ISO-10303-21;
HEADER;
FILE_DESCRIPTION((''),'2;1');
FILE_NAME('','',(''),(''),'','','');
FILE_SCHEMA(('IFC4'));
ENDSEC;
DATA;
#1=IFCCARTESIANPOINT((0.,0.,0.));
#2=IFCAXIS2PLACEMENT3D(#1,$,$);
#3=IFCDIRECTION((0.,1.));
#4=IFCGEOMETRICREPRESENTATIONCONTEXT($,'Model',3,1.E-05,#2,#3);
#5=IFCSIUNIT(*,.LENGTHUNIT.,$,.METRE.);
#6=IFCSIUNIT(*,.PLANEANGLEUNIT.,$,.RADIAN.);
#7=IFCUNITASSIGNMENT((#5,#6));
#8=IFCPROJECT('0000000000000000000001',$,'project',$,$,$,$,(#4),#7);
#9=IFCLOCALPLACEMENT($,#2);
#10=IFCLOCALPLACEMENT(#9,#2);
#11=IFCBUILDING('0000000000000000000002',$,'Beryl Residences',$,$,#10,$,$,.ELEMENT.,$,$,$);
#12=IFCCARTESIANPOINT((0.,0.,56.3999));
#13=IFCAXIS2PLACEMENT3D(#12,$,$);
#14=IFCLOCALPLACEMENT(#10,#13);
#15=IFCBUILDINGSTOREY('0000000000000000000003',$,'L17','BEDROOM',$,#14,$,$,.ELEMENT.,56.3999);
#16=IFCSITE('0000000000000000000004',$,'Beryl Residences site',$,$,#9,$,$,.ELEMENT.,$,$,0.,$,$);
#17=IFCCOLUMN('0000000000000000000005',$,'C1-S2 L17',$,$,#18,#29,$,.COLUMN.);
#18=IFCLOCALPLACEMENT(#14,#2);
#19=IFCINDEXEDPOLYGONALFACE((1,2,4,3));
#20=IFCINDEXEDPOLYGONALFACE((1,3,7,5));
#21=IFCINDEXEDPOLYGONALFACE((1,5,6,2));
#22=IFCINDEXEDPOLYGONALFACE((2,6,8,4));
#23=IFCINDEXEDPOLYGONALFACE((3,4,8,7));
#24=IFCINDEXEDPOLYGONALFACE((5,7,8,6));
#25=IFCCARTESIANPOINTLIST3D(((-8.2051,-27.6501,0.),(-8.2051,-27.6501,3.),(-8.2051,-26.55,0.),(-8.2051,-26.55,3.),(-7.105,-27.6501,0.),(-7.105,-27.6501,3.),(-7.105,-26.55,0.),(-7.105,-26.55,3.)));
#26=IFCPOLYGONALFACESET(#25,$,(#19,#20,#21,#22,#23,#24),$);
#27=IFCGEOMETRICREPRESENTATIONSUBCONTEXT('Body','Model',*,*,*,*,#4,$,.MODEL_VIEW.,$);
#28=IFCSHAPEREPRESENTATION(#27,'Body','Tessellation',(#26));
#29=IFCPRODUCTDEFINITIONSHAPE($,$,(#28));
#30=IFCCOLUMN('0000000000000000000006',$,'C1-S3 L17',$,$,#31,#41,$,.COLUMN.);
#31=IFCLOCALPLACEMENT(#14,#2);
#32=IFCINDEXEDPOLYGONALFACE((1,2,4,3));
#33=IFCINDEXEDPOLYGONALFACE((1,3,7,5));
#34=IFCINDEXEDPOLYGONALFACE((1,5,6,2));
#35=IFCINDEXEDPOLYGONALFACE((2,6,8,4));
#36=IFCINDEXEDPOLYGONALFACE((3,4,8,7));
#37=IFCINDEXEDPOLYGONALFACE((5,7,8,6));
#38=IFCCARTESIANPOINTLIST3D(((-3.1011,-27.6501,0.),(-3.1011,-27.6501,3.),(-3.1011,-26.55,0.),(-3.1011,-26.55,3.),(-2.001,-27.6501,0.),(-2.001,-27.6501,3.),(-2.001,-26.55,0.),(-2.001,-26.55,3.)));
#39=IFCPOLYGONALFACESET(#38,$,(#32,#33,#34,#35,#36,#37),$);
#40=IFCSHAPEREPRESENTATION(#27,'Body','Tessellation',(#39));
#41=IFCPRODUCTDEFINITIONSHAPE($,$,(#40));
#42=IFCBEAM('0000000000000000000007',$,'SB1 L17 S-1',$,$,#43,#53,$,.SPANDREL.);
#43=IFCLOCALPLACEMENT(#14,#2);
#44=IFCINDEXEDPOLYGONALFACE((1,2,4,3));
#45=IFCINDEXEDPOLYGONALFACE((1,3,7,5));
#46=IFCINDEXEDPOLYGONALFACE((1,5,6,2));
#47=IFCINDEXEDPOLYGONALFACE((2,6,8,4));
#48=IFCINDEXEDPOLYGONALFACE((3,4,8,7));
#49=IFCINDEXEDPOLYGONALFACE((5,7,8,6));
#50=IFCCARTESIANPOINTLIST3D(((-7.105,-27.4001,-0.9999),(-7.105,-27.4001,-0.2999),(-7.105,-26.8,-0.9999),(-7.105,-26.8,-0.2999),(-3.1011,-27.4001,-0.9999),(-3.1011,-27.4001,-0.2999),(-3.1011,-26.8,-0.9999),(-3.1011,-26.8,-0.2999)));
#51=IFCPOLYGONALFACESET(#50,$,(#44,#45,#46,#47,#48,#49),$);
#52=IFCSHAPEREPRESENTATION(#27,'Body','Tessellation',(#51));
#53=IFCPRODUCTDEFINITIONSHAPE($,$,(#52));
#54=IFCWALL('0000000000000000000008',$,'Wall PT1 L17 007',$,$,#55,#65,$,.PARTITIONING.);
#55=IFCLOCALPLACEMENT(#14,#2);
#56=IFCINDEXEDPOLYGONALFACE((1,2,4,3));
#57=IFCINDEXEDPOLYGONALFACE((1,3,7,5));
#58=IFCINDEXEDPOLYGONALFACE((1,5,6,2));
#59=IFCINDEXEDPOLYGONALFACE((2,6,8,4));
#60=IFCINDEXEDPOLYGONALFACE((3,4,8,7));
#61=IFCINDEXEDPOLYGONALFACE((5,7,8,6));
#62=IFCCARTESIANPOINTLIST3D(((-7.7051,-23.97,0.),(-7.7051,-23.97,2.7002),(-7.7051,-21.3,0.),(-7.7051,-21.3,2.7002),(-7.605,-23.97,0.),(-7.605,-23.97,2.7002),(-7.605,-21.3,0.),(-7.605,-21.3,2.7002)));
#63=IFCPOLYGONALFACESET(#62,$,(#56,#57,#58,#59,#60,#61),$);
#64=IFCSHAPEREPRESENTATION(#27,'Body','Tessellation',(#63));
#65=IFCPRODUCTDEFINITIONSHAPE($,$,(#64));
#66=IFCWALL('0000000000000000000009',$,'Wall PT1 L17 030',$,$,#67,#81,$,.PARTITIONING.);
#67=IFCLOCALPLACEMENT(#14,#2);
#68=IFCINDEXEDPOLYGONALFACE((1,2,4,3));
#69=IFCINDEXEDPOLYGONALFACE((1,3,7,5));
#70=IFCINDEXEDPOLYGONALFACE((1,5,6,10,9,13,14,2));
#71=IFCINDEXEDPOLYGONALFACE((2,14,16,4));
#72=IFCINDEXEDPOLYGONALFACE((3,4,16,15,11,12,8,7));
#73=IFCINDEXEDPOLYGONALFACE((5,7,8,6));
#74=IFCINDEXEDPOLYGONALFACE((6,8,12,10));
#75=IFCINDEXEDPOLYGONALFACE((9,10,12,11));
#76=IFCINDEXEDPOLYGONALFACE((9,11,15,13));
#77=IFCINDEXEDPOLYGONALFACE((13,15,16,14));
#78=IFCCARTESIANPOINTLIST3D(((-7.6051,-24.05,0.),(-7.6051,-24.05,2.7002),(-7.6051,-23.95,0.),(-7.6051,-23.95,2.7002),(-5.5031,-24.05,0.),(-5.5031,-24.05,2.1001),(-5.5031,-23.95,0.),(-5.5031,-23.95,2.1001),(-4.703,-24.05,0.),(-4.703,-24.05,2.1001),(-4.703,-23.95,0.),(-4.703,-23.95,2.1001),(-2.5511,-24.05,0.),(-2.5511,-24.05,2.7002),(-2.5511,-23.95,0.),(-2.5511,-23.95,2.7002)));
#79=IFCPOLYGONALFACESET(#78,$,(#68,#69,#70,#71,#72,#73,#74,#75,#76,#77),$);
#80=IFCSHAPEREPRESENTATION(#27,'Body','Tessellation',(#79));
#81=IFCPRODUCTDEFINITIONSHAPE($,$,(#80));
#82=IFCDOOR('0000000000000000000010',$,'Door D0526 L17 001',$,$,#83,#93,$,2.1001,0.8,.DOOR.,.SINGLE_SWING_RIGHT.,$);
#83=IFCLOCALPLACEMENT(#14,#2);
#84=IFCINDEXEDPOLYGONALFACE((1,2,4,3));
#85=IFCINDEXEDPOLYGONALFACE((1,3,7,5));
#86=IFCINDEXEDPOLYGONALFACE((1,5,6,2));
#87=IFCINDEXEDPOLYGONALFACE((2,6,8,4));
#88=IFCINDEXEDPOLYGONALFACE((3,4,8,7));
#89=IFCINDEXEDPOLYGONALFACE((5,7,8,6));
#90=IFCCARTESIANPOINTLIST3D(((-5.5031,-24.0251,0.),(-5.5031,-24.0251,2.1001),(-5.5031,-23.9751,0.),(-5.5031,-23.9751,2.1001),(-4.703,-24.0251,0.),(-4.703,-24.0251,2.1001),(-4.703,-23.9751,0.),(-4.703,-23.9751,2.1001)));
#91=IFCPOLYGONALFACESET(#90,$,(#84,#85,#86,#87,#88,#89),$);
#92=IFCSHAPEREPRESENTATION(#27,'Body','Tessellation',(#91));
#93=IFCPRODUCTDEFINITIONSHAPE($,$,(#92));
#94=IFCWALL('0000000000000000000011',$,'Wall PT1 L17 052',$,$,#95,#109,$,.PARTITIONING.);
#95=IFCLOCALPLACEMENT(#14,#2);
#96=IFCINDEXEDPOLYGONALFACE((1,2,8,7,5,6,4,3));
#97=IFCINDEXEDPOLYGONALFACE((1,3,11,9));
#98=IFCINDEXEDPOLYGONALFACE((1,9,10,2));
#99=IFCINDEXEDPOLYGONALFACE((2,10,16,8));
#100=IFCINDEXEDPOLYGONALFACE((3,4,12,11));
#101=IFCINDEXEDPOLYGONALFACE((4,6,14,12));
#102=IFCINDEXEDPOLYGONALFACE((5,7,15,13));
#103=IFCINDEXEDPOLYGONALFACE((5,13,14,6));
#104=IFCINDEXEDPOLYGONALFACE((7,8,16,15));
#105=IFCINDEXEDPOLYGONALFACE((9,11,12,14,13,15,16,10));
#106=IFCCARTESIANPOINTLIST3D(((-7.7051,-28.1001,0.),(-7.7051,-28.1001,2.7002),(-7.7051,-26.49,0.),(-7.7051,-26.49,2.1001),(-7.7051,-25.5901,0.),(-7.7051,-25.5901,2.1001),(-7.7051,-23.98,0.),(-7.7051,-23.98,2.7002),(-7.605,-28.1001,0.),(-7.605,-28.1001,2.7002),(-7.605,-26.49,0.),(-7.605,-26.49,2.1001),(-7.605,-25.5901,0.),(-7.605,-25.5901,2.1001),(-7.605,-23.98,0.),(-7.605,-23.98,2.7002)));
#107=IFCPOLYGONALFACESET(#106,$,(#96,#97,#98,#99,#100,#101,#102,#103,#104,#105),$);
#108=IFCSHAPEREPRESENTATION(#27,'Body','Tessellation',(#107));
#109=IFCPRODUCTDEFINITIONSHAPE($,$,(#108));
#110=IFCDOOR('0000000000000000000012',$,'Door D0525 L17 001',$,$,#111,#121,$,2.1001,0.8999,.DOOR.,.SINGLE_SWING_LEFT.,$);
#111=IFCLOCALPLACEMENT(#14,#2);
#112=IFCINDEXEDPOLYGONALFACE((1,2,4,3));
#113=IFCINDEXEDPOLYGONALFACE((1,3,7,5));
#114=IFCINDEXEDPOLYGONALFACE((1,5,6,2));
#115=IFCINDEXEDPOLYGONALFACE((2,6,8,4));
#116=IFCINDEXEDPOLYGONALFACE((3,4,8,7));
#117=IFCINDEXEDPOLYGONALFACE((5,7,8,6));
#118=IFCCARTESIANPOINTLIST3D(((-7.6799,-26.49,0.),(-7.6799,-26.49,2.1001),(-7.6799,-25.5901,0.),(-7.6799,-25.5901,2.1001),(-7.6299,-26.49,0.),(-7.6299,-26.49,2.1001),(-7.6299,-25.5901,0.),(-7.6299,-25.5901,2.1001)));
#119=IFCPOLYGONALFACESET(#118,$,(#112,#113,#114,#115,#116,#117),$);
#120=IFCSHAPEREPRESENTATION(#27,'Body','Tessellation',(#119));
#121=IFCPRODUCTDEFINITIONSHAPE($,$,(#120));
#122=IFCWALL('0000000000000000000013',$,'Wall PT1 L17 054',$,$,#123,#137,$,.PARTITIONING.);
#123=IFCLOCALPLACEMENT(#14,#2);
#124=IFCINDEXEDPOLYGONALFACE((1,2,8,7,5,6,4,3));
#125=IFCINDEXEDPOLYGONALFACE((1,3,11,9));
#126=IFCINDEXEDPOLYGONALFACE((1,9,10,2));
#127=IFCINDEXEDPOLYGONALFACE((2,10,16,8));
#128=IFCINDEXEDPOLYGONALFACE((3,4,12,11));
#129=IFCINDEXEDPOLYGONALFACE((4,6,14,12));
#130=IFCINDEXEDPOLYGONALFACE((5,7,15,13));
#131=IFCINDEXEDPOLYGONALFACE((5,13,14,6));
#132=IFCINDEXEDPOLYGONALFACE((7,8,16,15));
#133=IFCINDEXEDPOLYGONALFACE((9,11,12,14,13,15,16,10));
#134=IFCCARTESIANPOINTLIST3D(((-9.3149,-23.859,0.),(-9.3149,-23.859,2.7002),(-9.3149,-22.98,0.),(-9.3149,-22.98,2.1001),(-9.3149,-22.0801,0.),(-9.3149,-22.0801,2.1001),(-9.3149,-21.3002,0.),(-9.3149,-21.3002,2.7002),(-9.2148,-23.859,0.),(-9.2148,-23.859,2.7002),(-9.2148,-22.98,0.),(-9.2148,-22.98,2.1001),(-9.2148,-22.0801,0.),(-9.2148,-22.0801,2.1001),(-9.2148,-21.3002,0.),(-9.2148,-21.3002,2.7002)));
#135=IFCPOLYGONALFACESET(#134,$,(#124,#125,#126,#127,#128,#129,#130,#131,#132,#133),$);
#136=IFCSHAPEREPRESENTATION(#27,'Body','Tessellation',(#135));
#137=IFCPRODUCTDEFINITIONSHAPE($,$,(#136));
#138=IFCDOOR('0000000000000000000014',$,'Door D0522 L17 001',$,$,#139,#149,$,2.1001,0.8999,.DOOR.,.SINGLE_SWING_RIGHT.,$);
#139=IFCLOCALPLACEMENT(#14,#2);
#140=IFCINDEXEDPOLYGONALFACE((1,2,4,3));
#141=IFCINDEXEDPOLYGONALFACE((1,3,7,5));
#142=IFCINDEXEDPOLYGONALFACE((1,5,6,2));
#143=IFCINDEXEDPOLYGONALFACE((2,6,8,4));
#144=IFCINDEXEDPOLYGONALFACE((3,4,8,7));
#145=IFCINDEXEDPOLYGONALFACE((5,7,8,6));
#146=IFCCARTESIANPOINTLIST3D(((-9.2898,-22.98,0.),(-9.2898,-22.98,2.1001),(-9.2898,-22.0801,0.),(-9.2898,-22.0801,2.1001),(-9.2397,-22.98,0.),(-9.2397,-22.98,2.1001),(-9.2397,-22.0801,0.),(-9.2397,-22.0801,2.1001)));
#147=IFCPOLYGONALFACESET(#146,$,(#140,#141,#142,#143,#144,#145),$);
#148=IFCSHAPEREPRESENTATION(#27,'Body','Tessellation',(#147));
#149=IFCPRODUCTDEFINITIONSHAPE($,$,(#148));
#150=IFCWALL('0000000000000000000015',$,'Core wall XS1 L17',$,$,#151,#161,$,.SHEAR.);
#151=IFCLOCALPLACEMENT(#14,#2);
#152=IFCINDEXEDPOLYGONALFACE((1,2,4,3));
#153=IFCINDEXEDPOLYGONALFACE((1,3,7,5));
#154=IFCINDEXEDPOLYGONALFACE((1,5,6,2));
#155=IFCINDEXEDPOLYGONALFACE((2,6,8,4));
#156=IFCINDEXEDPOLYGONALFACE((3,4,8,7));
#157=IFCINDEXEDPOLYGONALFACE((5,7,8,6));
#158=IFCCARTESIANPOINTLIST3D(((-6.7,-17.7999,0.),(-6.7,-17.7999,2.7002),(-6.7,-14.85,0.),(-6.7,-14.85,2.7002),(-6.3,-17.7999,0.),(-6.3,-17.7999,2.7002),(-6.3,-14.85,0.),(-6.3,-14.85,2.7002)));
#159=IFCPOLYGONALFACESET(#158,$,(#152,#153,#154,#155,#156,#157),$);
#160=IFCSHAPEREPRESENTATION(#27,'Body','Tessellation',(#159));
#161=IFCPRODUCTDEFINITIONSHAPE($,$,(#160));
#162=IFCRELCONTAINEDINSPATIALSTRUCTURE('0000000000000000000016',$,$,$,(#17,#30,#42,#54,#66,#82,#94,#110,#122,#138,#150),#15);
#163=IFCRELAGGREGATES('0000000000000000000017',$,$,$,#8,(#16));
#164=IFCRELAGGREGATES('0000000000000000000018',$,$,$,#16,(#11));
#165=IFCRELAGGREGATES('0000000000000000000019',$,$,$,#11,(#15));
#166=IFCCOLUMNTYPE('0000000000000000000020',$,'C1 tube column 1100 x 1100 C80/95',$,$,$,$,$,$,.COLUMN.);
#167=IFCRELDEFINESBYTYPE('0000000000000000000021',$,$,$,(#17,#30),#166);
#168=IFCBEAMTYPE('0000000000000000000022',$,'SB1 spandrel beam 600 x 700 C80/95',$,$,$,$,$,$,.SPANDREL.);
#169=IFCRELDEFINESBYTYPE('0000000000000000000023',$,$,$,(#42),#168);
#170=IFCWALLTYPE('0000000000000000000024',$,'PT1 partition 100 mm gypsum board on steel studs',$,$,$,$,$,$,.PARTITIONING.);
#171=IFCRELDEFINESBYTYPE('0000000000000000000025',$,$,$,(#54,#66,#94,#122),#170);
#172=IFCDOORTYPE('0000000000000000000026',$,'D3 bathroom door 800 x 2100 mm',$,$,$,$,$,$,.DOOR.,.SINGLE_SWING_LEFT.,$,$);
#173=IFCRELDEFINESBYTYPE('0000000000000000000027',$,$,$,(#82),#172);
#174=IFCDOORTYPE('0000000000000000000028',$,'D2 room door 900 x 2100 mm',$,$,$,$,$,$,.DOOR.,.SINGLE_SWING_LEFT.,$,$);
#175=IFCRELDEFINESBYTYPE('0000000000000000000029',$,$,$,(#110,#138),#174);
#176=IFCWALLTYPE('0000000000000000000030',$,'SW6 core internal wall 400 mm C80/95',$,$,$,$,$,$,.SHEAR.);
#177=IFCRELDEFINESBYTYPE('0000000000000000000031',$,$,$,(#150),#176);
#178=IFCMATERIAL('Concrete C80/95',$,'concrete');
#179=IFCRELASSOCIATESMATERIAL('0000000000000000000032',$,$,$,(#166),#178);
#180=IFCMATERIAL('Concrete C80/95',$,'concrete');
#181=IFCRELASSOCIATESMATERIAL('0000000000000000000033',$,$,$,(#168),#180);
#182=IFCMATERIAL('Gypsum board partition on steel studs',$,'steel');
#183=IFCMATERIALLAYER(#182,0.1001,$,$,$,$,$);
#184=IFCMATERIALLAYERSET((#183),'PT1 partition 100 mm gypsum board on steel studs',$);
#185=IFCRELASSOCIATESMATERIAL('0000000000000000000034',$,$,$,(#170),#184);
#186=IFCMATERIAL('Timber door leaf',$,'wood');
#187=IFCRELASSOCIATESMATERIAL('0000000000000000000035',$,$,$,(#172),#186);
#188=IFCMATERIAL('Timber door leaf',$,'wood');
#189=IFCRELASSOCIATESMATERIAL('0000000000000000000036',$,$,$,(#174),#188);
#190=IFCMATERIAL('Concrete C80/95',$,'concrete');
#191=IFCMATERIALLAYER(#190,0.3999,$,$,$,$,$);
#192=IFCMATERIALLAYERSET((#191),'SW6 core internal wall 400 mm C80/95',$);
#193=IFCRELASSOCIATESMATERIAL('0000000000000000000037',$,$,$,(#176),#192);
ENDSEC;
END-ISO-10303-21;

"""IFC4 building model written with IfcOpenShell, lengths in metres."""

from ifc_helpers import new_model, si_unit, direction, frame, frame_2d, origin, origin_2d, place, context, subcontext, project, spatial, rectangle, extrude, material, layer, layer_set, material_profile, profile_set, type_object, element, fill, save


model = new_model("IFC4")

# Units and contexts
model_context = context("Model", 3, precision=1e-05, world=origin(), true_north=direction((0.0, 1.0)))
body_context = subcontext(model_context, "Body", "Model", "MODEL_VIEW")
ifc_project = project(units=[si_unit("LENGTHUNIT", "METRE"), si_unit("PLANEANGLEUNIT", "RADIAN")], contexts=[model_context])

# Site, building, storey
site_placement = place(None, origin())
site = spatial("IfcSite", under=ifc_project, at=site_placement, Name="Beryl Residences site", CompositionType="ELEMENT", RefElevation=0.0)
building_placement = place(site_placement, origin())
building = spatial("IfcBuilding", under=site, at=building_placement, Name="Beryl Residences", CompositionType="ELEMENT")
storey_placement = place(building_placement, frame((0.0, 0.0, 56.3999)))
storey = spatial("IfcBuildingStorey", under=building, at=storey_placement, Name="L17", Description="BEDROOM", CompositionType="ELEMENT", Elevation=56.3999)

# Columns
ifc_material_1 = material(Name="Concrete C80/95", Category="concrete")
ifc_material_profile_1 = material_profile(ifc_material_1, rectangle(XDim=1.1001, YDim=1.1001, at=origin_2d()))
ifc_profile_set_1 = profile_set([ifc_material_profile_1], Name="Concrete C80/95")
column_type = type_object("IfcColumnType", Name="C1 tube column 1100 x 1100 C80/95", PredefinedType="COLUMN", material=ifc_profile_set_1)
for number, where, z_axis, x_axis, name in (
    (1, (-7.655, -27.1001, 0.0), (0.0, 0.0, 1.0), (1.0, 0.0, 0.0), "C1-S2 L17"),
    (2, (-2.551, -27.1001, 0.0), (0.0, 0.0, 1.0), (1.0, 0.0, 0.0), "C1-S3 L17"),
):
    element("IfcColumn", number, at=place(storey_placement, frame(where, z_axis=z_axis, x_axis=x_axis)), inside=storey, type_object=column_type, Name=name, PredefinedType="COLUMN", context=body_context, shape_type="SweptSolid", body=[
        extrude(rectangle(XDim=1.1001, YDim=1.1001, at=origin_2d()), origin(), (0.0, 0.0, 1.0), 3.0),
    ])

# Beam
ifc_material_2 = material(Name="Concrete C80/95", Category="concrete")
ifc_material_profile_2 = material_profile(ifc_material_2, rectangle(XDim=0.6001, YDim=0.7, at=origin_2d()))
ifc_profile_set_2 = profile_set([ifc_material_profile_2], Name="Concrete C80/95")
beam_type = type_object("IfcBeamType", Name="SB1 spandrel beam 600 x 700 C80/95", PredefinedType="SPANDREL", material=ifc_profile_set_2)
beam_placement = place(storey_placement, frame((-7.105, -27.1001, -0.6499), z_axis=(1.0, 0.0, 0.0), x_axis=(0.0, 1.0, 0.0)))
element("IfcBeam", 3, at=beam_placement, inside=storey, type_object=beam_type, Name="SB1 L17 S-1", PredefinedType="SPANDREL", context=body_context, shape_type="SweptSolid", body=[
    extrude(rectangle(XDim=0.6001, YDim=0.7, at=origin_2d()), origin(), (0.0, 0.0, 1.0), 4.0039),
])

# Wall
ifc_material_3 = material(Name="Gypsum board partition on steel studs", Category="steel")
ifc_layer_1 = layer(ifc_material_3, 0.1001)
ifc_layer_set_1 = layer_set([ifc_layer_1], Name="PT1 partition 100 mm gypsum board on steel studs")
wall_type_1 = type_object("IfcWallType", Name="PT1 partition 100 mm gypsum board on steel studs", PredefinedType="PARTITIONING", material=ifc_layer_set_1)
wall_1_placement = place(storey_placement, frame((-7.655, -21.3, 0.0), z_axis=(0.0, 0.0, 1.0), x_axis=(0.0, -1.0, 0.0)))
element("IfcWall", 4, at=wall_1_placement, inside=storey, type_object=wall_type_1, Name="Wall PT1 L17 007", PredefinedType="PARTITIONING", context=body_context, shape_type="SweptSolid", body=[
    extrude(rectangle(XDim=2.6699, YDim=0.1001, at=frame_2d((1.335, 0.0))), origin(), (0.0, 0.0, 1.0), 2.7002),
])

# Walls, openings, doors
wall_2_placement = place(storey_placement, frame((-7.605, -24.0, 0.0), z_axis=(0.0, 0.0, 1.0), x_axis=(1.0, 0.0, 0.0)))
wall_2 = element("IfcWall", 5, at=wall_2_placement, inside=storey, type_object=wall_type_1, Name="Wall PT1 L17 030", PredefinedType="PARTITIONING", context=body_context, shape_type="SweptSolid", body=[
    extrude(rectangle(XDim=5.054, YDim=0.1001, at=frame_2d((2.5269, 0.0))), origin(), (0.0, 0.0, 1.0), 2.7002),
])
opening_1_placement = place(wall_2_placement, frame((2.1021, 0.0, 0.0)))
opening_1 = element("IfcOpeningElement", 6, at=opening_1_placement, cuts=wall_2, PredefinedType="OPENING", context=body_context, shape_type="SweptSolid", body=[
    extrude(rectangle(XDim=0.8, YDim=2.1001, at=frame_2d((0.3999, 1.05))), frame((0.0, 0.0601, 0.0), z_axis=(0.0, -1.0, 0.0), x_axis=(1.0, 0.0, 0.0)), (0.0, 0.0, 1.0), 0.1201),
])
ifc_material_4 = material(Name="Timber door leaf", Category="wood")
door_type_1 = type_object("IfcDoorType", Name="D3 bathroom door 800 x 2100 mm", OperationType="SINGLE_SWING_LEFT", PredefinedType="DOOR", material=ifc_material_4)
door_1_placement = place(opening_1_placement, origin())
door_1 = element("IfcDoor", 7, at=door_1_placement, inside=storey, type_object=door_type_1, Name="Door D0526 L17 001", OperationType="SINGLE_SWING_RIGHT", OverallHeight=2.1001, OverallWidth=0.8, PredefinedType="DOOR", context=body_context, shape_type="SweptSolid", body=[
    extrude(rectangle(XDim=0.8, YDim=2.1001, at=frame_2d((0.3999, 1.05))), frame((0.0, 0.0249, 0.0), z_axis=(0.0, -1.0, 0.0), x_axis=(1.0, 0.0, 0.0)), (0.0, 0.0, 1.0), 0.05),
])
fill(opening_1, door_1)
wall_3_placement = place(storey_placement, frame((-7.655, -28.1001, 0.0), z_axis=(0.0, 0.0, 1.0), x_axis=(0.0, 1.0, 0.0)))
wall_3 = element("IfcWall", 8, at=wall_3_placement, inside=storey, type_object=wall_type_1, Name="Wall PT1 L17 052", PredefinedType="PARTITIONING", context=body_context, shape_type="SweptSolid", body=[
    extrude(rectangle(XDim=4.1201, YDim=0.1001, at=frame_2d((2.0601, 0.0))), origin(), (0.0, 0.0, 1.0), 2.7002),
])
opening_2_placement = place(wall_3_placement, frame((1.6101, 0.0, 0.0)))
opening_2 = element("IfcOpeningElement", 9, at=opening_2_placement, cuts=wall_3, PredefinedType="OPENING", context=body_context, shape_type="SweptSolid", body=[
    extrude(rectangle(XDim=0.8999, YDim=2.1001, at=frame_2d((0.45, 1.05))), frame((0.0, 0.0601, 0.0), z_axis=(0.0, -1.0, 0.0), x_axis=(1.0, 0.0, 0.0)), (0.0, 0.0, 1.0), 0.1201),
])
ifc_material_5 = material(Name="Timber door leaf", Category="wood")
door_type_2 = type_object("IfcDoorType", Name="D2 room door 900 x 2100 mm", OperationType="SINGLE_SWING_LEFT", PredefinedType="DOOR", material=ifc_material_5)
door_2_placement = place(opening_2_placement, origin())
door_2 = element("IfcDoor", 10, at=door_2_placement, inside=storey, type_object=door_type_2, Name="Door D0525 L17 001", OperationType="SINGLE_SWING_LEFT", OverallHeight=2.1001, OverallWidth=0.8999, PredefinedType="DOOR", context=body_context, shape_type="SweptSolid", body=[
    extrude(rectangle(XDim=0.8999, YDim=2.1001, at=frame_2d((0.45, 1.05))), frame((0.0, 0.0249, 0.0), z_axis=(0.0, -1.0, 0.0), x_axis=(1.0, 0.0, 0.0)), (0.0, 0.0, 1.0), 0.05),
])
fill(opening_2, door_2)
wall_4_placement = place(storey_placement, frame((-9.2649, -23.8589, 0.0), z_axis=(0.0, 0.0, 1.0), x_axis=(0.0, 1.0, 0.0)))
wall_4 = element("IfcWall", 11, at=wall_4_placement, inside=storey, type_object=wall_type_1, Name="Wall PT1 L17 054", PredefinedType="PARTITIONING", context=body_context, shape_type="SweptSolid", body=[
    extrude(rectangle(XDim=2.5588, YDim=0.1001, at=frame_2d((1.2793, 0.0))), origin(), (0.0, 0.0, 1.0), 2.7002),
])
opening_3_placement = place(wall_4_placement, frame((0.8789, 0.0, 0.0)))
opening_3 = element("IfcOpeningElement", 12, at=opening_3_placement, cuts=wall_4, PredefinedType="OPENING", context=body_context, shape_type="SweptSolid", body=[
    extrude(rectangle(XDim=0.8999, YDim=2.1001, at=frame_2d((0.45, 1.05))), frame((0.0, 0.0601, 0.0), z_axis=(0.0, -1.0, 0.0), x_axis=(1.0, 0.0, 0.0)), (0.0, 0.0, 1.0), 0.1201),
])
door_3_placement = place(opening_3_placement, origin())
door_3 = element("IfcDoor", 13, at=door_3_placement, inside=storey, type_object=door_type_2, Name="Door D0522 L17 001", OperationType="SINGLE_SWING_RIGHT", OverallHeight=2.1001, OverallWidth=0.8999, PredefinedType="DOOR", context=body_context, shape_type="SweptSolid", body=[
    extrude(rectangle(XDim=0.8999, YDim=2.1001, at=frame_2d((0.45, 1.05))), frame((0.0, 0.0249, 0.0), z_axis=(0.0, -1.0, 0.0), x_axis=(1.0, 0.0, 0.0)), (0.0, 0.0, 1.0), 0.05),
])
fill(opening_3, door_3)

# Wall
ifc_material_6 = material(Name="Concrete C80/95", Category="concrete")
ifc_layer_2 = layer(ifc_material_6, 0.3999)
ifc_layer_set_2 = layer_set([ifc_layer_2], Name="SW6 core internal wall 400 mm C80/95")
wall_type_2 = type_object("IfcWallType", Name="SW6 core internal wall 400 mm C80/95", PredefinedType="SHEAR", material=ifc_layer_set_2)
wall_5_placement = place(storey_placement, frame((-6.5, -17.8, 0.0), z_axis=(0.0, 0.0, 1.0), x_axis=(0.0, 1.0, 0.0)))
element("IfcWall", 14, at=wall_5_placement, inside=storey, type_object=wall_type_2, Name="Core wall XS1 L17", PredefinedType="SHEAR", context=body_context, shape_type="SweptSolid", body=[
    extrude(rectangle(XDim=2.95, YDim=0.3999, at=frame_2d((1.4751, 0.0))), origin(), (0.0, 0.0, 1.0), 2.7002),
])

save(model, "model.ifc")
